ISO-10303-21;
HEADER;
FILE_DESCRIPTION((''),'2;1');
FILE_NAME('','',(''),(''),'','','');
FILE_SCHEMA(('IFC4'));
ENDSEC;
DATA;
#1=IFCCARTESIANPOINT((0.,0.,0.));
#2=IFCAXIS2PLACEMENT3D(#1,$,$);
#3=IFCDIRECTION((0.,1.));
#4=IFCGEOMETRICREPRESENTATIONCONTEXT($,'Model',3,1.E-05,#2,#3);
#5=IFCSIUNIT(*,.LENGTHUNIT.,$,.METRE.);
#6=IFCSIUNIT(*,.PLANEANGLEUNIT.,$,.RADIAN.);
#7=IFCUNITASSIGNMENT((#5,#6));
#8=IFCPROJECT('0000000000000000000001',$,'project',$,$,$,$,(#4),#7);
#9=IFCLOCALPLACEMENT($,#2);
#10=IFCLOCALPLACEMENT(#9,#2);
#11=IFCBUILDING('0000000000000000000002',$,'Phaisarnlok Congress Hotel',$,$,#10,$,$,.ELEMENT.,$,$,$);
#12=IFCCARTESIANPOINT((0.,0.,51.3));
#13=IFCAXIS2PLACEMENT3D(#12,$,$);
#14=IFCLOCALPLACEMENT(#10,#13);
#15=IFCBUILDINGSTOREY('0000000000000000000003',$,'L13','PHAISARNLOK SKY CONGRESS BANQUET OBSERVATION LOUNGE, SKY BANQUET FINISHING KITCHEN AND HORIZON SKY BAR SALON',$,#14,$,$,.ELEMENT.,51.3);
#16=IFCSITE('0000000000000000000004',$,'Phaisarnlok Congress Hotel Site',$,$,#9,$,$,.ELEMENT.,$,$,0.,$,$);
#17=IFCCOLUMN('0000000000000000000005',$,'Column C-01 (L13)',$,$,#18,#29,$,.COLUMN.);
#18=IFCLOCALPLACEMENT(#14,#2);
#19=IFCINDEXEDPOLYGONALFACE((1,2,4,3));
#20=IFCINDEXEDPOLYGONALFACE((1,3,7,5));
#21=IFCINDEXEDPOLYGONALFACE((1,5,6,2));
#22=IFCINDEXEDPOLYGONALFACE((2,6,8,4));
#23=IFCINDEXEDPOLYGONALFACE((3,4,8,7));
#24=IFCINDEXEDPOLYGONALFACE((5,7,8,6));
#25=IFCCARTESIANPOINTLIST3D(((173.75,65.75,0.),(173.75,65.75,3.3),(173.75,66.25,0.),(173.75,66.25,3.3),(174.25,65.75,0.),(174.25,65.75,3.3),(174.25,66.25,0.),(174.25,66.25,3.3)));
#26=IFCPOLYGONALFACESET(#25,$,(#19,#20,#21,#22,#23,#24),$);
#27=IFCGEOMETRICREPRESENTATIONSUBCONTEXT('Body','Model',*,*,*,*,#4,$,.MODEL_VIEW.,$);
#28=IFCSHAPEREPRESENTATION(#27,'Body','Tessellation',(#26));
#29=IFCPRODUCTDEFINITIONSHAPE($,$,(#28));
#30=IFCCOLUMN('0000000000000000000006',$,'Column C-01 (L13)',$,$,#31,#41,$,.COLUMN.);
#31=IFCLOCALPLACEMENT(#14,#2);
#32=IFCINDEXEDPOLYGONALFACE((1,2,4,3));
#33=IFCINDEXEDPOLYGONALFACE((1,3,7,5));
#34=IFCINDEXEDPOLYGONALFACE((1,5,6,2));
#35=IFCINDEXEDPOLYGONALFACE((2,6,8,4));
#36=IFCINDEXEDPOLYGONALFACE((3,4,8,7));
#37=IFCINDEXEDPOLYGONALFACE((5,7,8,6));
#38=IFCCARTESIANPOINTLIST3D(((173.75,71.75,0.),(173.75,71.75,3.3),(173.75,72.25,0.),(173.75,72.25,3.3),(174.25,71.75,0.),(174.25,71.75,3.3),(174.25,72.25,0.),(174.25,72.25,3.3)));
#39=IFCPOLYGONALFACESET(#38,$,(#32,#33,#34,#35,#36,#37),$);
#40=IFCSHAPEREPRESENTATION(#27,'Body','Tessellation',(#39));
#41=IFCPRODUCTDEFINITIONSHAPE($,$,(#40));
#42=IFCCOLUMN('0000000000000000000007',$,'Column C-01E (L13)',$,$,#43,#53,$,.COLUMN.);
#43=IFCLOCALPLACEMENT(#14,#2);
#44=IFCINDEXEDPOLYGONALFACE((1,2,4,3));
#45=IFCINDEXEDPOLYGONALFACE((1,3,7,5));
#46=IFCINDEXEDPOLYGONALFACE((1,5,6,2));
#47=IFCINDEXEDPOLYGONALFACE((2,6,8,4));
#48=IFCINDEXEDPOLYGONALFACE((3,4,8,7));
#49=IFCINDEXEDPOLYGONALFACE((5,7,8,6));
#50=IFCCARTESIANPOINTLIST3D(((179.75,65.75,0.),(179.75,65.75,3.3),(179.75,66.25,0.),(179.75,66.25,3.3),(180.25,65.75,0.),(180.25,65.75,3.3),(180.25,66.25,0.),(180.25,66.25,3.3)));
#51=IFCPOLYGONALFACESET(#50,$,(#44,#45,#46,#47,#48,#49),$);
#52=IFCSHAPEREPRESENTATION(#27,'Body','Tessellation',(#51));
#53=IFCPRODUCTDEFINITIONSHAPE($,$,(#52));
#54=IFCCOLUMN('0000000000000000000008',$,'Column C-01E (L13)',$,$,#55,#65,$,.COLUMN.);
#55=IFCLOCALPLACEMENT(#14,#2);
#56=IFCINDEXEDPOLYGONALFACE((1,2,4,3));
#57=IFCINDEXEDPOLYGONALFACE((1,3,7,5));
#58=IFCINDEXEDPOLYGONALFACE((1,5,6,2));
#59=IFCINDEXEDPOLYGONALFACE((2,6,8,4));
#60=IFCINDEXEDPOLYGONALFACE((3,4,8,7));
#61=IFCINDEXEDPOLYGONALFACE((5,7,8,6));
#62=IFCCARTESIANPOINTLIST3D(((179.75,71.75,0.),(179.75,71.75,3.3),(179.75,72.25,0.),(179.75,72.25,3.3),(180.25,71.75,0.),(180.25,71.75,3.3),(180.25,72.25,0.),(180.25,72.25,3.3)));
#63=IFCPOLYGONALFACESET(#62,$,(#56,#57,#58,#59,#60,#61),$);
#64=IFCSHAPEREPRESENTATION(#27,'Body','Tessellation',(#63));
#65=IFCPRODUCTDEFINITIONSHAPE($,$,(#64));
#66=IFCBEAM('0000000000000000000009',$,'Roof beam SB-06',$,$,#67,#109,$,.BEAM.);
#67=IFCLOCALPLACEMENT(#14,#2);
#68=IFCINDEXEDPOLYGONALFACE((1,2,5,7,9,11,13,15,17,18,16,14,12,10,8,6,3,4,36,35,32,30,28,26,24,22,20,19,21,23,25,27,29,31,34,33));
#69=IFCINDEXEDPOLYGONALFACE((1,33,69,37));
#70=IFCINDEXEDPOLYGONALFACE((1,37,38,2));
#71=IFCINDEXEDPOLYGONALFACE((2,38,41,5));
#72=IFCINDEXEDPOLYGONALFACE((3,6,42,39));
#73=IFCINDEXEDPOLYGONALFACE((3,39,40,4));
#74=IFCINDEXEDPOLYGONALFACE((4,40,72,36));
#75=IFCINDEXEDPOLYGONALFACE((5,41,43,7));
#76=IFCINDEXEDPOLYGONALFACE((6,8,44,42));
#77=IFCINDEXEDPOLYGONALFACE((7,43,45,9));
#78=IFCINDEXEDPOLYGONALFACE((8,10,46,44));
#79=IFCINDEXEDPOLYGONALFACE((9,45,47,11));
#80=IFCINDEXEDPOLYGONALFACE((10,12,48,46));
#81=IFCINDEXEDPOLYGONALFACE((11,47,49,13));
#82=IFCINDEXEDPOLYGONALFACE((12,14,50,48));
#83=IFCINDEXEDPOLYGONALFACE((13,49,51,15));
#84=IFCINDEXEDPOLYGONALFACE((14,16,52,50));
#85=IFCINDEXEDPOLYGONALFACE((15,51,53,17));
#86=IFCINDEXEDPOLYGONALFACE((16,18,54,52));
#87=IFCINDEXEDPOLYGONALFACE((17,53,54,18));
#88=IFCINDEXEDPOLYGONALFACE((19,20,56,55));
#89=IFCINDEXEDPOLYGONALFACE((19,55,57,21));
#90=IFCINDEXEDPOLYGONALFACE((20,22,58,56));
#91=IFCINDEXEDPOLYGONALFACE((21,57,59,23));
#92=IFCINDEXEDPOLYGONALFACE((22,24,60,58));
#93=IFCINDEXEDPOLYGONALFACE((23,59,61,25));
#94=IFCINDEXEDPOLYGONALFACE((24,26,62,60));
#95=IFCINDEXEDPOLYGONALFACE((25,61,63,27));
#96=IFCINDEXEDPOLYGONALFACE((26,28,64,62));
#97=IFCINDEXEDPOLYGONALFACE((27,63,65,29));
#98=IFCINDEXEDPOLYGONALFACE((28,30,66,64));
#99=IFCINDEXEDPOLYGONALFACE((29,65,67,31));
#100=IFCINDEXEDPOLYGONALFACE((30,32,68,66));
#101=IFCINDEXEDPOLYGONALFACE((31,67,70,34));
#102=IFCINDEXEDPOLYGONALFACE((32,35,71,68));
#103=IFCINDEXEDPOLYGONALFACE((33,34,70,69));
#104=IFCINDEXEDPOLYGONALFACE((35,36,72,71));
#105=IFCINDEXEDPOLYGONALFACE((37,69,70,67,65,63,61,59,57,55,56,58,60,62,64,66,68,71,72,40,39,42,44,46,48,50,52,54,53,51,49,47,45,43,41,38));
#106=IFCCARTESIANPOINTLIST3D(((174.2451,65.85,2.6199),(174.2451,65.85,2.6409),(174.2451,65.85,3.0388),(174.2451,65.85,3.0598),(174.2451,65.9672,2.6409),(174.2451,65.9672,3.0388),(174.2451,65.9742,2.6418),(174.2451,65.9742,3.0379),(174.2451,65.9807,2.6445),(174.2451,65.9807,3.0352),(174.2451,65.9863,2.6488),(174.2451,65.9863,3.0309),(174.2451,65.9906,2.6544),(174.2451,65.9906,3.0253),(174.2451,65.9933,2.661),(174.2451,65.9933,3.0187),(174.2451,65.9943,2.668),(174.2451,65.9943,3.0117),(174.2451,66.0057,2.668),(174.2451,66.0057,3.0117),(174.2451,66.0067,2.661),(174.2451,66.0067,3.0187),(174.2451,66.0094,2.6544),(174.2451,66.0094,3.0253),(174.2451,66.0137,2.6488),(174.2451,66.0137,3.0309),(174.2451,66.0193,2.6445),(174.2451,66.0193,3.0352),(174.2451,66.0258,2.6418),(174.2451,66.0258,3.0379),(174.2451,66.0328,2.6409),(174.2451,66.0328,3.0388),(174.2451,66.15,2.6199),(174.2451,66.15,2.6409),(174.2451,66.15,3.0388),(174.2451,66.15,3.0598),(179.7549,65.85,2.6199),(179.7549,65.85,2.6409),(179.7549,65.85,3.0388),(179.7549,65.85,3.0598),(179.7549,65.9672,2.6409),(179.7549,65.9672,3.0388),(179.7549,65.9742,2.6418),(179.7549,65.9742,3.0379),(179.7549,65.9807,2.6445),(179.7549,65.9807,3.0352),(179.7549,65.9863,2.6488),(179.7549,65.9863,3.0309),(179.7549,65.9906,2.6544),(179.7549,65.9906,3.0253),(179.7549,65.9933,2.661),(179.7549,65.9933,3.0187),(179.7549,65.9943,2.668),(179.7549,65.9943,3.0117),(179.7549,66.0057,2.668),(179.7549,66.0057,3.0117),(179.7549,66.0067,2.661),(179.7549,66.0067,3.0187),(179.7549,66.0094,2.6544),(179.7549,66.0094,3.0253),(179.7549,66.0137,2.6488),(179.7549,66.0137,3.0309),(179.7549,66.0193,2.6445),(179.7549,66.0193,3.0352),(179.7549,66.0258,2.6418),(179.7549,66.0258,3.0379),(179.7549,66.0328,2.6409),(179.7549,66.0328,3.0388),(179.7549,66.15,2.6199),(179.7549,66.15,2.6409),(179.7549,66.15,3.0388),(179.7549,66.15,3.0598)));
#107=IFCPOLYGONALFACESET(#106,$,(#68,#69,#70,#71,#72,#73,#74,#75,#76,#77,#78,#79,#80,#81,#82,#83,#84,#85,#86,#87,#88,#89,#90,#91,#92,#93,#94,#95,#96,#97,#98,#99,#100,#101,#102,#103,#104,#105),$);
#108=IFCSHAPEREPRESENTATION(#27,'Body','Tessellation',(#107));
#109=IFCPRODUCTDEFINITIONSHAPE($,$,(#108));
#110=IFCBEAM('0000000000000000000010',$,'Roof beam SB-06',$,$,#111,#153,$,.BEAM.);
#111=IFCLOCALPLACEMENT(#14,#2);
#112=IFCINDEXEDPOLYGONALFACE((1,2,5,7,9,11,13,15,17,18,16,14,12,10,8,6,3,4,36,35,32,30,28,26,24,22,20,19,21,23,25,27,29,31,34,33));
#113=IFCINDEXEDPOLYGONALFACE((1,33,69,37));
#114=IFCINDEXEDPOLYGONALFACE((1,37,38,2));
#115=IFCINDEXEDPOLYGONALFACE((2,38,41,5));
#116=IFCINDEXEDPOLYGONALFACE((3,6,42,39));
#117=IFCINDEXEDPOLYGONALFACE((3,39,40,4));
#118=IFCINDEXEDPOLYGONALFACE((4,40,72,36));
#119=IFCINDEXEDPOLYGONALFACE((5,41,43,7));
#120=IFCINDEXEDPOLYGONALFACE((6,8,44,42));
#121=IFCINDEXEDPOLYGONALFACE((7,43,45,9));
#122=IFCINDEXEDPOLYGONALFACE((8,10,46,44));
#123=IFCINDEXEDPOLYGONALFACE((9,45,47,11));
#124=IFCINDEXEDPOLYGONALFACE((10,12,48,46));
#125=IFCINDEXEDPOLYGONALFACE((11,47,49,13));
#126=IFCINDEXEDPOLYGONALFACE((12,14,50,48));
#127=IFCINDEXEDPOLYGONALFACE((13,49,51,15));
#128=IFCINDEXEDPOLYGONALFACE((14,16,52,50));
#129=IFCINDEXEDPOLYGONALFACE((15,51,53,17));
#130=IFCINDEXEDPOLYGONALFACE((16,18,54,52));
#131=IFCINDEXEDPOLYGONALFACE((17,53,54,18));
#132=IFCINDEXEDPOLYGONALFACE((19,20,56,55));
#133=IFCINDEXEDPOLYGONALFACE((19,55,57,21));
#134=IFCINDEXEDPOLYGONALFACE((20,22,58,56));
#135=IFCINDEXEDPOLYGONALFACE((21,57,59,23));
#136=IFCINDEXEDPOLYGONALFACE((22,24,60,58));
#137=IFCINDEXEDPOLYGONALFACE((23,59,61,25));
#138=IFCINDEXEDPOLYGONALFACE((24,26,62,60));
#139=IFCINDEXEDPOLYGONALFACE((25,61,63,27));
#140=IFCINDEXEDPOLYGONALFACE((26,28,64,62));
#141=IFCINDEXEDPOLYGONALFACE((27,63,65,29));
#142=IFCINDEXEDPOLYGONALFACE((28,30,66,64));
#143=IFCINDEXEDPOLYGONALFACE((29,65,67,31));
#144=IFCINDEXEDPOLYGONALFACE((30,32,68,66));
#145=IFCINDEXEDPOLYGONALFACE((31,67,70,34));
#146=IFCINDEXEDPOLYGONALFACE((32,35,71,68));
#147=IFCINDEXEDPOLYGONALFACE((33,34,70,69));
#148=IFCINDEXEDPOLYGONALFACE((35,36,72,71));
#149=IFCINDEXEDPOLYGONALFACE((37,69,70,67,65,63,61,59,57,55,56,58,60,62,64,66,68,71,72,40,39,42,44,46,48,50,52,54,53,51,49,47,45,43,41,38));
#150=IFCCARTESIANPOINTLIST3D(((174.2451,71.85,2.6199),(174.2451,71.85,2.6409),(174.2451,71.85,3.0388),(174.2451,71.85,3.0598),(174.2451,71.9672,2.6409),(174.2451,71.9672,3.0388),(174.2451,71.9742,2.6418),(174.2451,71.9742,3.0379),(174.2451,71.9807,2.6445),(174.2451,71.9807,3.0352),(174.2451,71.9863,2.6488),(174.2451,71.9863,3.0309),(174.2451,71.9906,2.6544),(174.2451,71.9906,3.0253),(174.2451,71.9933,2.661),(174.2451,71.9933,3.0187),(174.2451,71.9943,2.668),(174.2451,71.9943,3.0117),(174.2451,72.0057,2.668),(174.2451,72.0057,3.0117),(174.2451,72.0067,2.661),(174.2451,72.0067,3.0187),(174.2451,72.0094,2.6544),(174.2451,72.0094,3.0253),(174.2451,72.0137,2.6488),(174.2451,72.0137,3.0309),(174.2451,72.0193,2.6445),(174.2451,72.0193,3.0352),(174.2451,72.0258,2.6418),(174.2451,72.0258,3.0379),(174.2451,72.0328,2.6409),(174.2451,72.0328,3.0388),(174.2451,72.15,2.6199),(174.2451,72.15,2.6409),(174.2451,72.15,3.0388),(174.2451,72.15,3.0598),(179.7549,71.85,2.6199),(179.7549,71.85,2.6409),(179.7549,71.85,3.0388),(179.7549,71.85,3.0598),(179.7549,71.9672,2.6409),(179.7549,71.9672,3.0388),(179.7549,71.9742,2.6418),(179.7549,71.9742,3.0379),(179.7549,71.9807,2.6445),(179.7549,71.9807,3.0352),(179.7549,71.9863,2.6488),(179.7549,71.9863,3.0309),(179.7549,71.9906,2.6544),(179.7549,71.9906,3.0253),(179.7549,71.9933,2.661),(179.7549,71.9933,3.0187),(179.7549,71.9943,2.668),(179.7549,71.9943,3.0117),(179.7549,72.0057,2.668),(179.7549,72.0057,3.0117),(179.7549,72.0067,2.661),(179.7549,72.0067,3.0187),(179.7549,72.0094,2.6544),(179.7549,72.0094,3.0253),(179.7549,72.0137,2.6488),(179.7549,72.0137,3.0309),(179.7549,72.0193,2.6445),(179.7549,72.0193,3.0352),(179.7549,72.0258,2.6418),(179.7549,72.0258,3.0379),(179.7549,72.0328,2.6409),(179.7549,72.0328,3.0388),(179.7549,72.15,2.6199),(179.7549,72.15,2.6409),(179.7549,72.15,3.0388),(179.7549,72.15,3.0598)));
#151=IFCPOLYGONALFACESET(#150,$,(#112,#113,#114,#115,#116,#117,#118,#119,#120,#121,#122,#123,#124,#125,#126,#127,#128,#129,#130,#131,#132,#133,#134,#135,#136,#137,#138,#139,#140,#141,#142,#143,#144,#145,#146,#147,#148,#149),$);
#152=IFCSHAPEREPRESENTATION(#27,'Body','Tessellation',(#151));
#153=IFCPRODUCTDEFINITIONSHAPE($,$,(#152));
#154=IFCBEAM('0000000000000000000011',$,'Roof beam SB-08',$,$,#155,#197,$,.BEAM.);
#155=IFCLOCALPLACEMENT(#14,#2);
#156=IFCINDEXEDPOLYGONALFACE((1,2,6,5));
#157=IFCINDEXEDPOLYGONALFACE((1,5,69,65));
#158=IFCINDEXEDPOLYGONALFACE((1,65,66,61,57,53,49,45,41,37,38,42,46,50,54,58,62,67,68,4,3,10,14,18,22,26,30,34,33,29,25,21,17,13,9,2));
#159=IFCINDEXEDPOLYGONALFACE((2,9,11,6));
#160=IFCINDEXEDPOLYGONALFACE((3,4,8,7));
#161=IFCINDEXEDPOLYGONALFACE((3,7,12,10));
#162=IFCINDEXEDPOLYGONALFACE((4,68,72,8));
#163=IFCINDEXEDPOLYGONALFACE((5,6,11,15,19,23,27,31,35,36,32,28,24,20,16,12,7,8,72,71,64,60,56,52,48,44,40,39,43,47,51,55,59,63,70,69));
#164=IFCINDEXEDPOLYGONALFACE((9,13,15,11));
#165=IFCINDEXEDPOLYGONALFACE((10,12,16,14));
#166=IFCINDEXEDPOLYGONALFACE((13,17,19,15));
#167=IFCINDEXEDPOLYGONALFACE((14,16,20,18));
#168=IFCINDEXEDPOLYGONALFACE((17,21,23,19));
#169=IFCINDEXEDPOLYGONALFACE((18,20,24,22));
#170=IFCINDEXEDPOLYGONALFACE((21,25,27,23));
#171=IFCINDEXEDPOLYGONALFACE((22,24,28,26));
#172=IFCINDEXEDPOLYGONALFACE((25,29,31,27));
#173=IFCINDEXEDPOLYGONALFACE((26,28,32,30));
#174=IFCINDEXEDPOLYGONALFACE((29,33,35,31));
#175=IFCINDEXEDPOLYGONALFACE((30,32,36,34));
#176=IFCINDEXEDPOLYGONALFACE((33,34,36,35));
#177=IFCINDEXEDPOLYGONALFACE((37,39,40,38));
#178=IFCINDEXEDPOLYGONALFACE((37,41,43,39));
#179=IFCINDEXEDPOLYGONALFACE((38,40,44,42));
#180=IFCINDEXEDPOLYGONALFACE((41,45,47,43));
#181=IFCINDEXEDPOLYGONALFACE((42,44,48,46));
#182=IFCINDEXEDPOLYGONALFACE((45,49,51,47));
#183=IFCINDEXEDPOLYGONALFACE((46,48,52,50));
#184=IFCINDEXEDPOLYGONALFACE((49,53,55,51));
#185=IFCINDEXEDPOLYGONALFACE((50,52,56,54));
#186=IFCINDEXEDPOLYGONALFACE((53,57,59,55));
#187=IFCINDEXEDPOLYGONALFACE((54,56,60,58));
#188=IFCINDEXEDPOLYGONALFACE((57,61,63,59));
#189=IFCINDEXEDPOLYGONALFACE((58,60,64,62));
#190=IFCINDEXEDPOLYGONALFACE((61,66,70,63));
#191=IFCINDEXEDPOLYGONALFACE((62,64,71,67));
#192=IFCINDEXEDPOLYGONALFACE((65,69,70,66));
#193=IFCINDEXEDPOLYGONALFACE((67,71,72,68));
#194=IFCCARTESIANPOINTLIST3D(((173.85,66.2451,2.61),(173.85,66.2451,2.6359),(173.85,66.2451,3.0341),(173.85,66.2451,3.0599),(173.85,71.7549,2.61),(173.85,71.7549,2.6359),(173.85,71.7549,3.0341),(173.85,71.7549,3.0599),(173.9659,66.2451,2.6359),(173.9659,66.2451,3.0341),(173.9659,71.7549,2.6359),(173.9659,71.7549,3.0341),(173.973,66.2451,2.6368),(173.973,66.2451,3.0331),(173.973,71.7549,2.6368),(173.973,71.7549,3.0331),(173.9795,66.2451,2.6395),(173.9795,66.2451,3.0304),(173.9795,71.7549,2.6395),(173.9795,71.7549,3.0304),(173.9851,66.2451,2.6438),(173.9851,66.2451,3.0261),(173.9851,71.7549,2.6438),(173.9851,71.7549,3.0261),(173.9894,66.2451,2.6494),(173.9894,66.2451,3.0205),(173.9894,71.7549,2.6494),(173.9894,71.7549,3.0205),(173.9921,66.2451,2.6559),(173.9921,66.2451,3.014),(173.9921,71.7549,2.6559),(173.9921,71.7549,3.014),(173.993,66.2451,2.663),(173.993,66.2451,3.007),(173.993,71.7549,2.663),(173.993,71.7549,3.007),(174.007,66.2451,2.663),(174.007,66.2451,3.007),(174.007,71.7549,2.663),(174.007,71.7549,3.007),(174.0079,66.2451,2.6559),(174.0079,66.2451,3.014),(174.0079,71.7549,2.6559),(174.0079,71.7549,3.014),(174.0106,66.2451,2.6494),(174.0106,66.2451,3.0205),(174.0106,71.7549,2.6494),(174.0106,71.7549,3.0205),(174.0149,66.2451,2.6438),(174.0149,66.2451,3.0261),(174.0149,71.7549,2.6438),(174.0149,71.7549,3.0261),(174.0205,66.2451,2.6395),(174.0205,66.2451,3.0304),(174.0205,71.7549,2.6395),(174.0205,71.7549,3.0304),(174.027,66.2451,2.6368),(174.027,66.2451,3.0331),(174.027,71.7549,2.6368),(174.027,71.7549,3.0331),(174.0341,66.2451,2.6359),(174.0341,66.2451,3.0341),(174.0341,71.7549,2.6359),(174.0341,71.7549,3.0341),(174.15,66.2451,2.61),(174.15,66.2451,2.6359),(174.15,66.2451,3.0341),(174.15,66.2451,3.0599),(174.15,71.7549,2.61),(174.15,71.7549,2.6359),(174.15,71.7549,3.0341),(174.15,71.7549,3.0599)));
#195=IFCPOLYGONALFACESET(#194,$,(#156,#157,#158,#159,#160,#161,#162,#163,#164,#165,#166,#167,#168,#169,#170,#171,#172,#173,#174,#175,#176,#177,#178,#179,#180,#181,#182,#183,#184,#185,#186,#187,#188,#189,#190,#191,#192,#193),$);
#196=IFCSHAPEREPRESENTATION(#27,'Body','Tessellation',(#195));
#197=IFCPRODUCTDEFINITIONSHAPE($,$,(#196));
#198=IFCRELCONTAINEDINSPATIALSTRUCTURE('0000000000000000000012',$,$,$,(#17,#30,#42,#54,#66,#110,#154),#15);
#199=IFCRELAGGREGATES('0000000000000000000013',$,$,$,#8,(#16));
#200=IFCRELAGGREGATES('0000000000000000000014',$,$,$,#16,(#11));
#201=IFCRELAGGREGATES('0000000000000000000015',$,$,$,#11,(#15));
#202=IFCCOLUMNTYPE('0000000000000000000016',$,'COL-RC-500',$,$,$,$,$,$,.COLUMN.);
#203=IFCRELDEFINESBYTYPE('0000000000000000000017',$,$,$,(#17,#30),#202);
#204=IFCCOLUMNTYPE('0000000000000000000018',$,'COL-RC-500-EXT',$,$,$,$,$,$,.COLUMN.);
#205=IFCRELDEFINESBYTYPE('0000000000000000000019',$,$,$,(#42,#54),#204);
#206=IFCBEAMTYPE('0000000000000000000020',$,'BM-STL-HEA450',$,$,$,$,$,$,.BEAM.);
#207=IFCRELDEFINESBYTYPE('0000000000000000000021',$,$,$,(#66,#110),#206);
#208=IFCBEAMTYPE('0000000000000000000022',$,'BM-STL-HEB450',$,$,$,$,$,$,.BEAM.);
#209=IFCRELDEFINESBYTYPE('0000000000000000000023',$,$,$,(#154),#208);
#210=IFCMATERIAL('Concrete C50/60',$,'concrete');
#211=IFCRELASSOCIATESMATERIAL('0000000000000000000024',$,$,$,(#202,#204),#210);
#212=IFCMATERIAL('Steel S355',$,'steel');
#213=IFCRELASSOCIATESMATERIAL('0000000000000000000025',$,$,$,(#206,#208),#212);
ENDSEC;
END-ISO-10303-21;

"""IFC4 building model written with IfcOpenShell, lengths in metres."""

from ifc_helpers import new_model, si_unit, direction, frame, origin, origin_2d, place, context, subcontext, project, spatial, rectangle, i_section, extrude, material, material_profile, profile_set, type_object, element, save


model = new_model("IFC4")

# Units and contexts
model_context = context("Model", 3, precision=1e-05, world=origin(), true_north=direction((0.0, 1.0)))
body_context = subcontext(model_context, "Body", "Model", "MODEL_VIEW")
ifc_project = project(units=[si_unit("LENGTHUNIT", "METRE"), si_unit("PLANEANGLEUNIT", "RADIAN")], contexts=[model_context])

# Site, building, storey
site_placement = place(None, origin())
site = spatial("IfcSite", under=ifc_project, at=site_placement, Name="Phaisarnlok Congress Hotel Site", CompositionType="ELEMENT", RefElevation=0.0)
building_placement = place(site_placement, origin())
building = spatial("IfcBuilding", under=site, at=building_placement, Name="Phaisarnlok Congress Hotel", CompositionType="ELEMENT")
storey_placement = place(building_placement, frame((0.0, 0.0, 51.3)))
storey = spatial("IfcBuildingStorey", under=building, at=storey_placement, Name="L13", Description="PHAISARNLOK SKY CONGRESS BANQUET OBSERVATION LOUNGE, SKY BANQUET FINISHING KITCHEN AND HORIZON SKY BAR SALON", CompositionType="ELEMENT", Elevation=51.3)

# Columns
ifc_material_1 = material(Name="Concrete C50/60", Category="concrete")
ifc_material_profile_1 = material_profile(ifc_material_1, rectangle(XDim=0.5, YDim=0.5, at=origin_2d()), Name="RC 500x500")
ifc_profile_set_1 = profile_set([ifc_material_profile_1], Name="Concrete C50/60")
column_type_1 = type_object("IfcColumnType", Name="COL-RC-500", PredefinedType="COLUMN", material=ifc_profile_set_1)
for number, where, z_axis, x_axis, name in (
    (1, (174.0, 66.0, 0.0), (0.0, 0.0, 1.0), (1.0, 0.0, 0.0), "Column C-01 (L13)"),
    (2, (174.0, 72.0, 0.0), (0.0, 0.0, 1.0), (1.0, 0.0, 0.0), "Column C-01 (L13)"),
):
    element("IfcColumn", number, at=place(storey_placement, frame(where, z_axis=z_axis, x_axis=x_axis)), inside=storey, type_object=column_type_1, Name=name, PredefinedType="COLUMN", context=body_context, shape_type="SweptSolid", body=[
        extrude(rectangle(XDim=0.5, YDim=0.5, at=origin_2d()), origin(), (0.0, 0.0, 1.0), 3.3),
    ])
ifc_material_profile_2 = material_profile(ifc_material_1, rectangle(XDim=0.5, YDim=0.5, at=origin_2d()), Name="RC 500x500")
ifc_profile_set_2 = profile_set([ifc_material_profile_2], Name="Concrete C50/60")
column_type_2 = type_object("IfcColumnType", Name="COL-RC-500-EXT", PredefinedType="COLUMN", material=ifc_profile_set_2)
for number, where, z_axis, x_axis, name in (
    (3, (180.0, 66.0, 0.0), (0.0, 0.0, 1.0), (1.0, 0.0, 0.0), "Column C-01E (L13)"),
    (4, (180.0, 72.0, 0.0), (0.0, 0.0, 1.0), (1.0, 0.0, 0.0), "Column C-01E (L13)"),
):
    element("IfcColumn", number, at=place(storey_placement, frame(where, z_axis=z_axis, x_axis=x_axis)), inside=storey, type_object=column_type_2, Name=name, PredefinedType="COLUMN", context=body_context, shape_type="SweptSolid", body=[
        extrude(rectangle(XDim=0.5, YDim=0.5, at=origin_2d()), origin(), (0.0, 0.0, 1.0), 3.3),
    ])

# Beams
ifc_material_2 = material(Name="Steel S355", Category="steel")
ifc_material_profile_3 = material_profile(ifc_material_2, i_section(OverallWidth=0.3, OverallDepth=0.4399, WebThickness=0.0115, FlangeThickness=0.021, FilletRadius=0.0271, at=origin_2d()), Name="HEA 450")
ifc_profile_set_3 = profile_set([ifc_material_profile_3], Name="Steel S355")
beam_type_1 = type_object("IfcBeamType", Name="BM-STL-HEA450", PredefinedType="BEAM", material=ifc_profile_set_3)
for number, where, z_axis, x_axis, name in (
    (5, (174.2451, 66.0, 2.8398), (1.0, 0.0, 0.0), (0.0, 1.0, 0.0), "Roof beam SB-06"),
    (6, (174.2451, 72.0, 2.8398), (1.0, 0.0, 0.0), (0.0, 1.0, 0.0), "Roof beam SB-06"),
):
    element("IfcBeam", number, at=place(storey_placement, frame(where, z_axis=z_axis, x_axis=x_axis)), inside=storey, type_object=beam_type_1, Name=name, PredefinedType="BEAM", context=body_context, shape_type="SweptSolid", body=[
        extrude(i_section(OverallWidth=0.3, OverallDepth=0.4399, WebThickness=0.0115, FlangeThickness=0.021, FilletRadius=0.0271, at=origin_2d()), origin(), (0.0, 0.0, 1.0), 5.5098),
    ])
ifc_material_profile_4 = material_profile(ifc_material_2, i_section(OverallWidth=0.3, OverallDepth=0.45, WebThickness=0.0139, FlangeThickness=0.0259, FilletRadius=0.0271, at=origin_2d()), Name="HEB 450")
ifc_profile_set_4 = profile_set([ifc_material_profile_4], Name="Steel S355")
beam_type_2 = type_object("IfcBeamType", Name="BM-STL-HEB450", PredefinedType="BEAM", material=ifc_profile_set_4)
for number, where, z_axis, x_axis, name in (
    (7, (174.0, 66.2451, 2.835), (0.0, 1.0, 0.0), (-1.0, 0.0, 0.0), "Roof beam SB-08"),
):
    element("IfcBeam", number, at=place(storey_placement, frame(where, z_axis=z_axis, x_axis=x_axis)), inside=storey, type_object=beam_type_2, Name=name, PredefinedType="BEAM", context=body_context, shape_type="SweptSolid", body=[
        extrude(i_section(OverallWidth=0.3, OverallDepth=0.45, WebThickness=0.0139, FlangeThickness=0.0259, FilletRadius=0.0271, at=origin_2d()), origin(), (0.0, 0.0, 1.0), 5.5098),
    ])

save(model, "model.ifc")
